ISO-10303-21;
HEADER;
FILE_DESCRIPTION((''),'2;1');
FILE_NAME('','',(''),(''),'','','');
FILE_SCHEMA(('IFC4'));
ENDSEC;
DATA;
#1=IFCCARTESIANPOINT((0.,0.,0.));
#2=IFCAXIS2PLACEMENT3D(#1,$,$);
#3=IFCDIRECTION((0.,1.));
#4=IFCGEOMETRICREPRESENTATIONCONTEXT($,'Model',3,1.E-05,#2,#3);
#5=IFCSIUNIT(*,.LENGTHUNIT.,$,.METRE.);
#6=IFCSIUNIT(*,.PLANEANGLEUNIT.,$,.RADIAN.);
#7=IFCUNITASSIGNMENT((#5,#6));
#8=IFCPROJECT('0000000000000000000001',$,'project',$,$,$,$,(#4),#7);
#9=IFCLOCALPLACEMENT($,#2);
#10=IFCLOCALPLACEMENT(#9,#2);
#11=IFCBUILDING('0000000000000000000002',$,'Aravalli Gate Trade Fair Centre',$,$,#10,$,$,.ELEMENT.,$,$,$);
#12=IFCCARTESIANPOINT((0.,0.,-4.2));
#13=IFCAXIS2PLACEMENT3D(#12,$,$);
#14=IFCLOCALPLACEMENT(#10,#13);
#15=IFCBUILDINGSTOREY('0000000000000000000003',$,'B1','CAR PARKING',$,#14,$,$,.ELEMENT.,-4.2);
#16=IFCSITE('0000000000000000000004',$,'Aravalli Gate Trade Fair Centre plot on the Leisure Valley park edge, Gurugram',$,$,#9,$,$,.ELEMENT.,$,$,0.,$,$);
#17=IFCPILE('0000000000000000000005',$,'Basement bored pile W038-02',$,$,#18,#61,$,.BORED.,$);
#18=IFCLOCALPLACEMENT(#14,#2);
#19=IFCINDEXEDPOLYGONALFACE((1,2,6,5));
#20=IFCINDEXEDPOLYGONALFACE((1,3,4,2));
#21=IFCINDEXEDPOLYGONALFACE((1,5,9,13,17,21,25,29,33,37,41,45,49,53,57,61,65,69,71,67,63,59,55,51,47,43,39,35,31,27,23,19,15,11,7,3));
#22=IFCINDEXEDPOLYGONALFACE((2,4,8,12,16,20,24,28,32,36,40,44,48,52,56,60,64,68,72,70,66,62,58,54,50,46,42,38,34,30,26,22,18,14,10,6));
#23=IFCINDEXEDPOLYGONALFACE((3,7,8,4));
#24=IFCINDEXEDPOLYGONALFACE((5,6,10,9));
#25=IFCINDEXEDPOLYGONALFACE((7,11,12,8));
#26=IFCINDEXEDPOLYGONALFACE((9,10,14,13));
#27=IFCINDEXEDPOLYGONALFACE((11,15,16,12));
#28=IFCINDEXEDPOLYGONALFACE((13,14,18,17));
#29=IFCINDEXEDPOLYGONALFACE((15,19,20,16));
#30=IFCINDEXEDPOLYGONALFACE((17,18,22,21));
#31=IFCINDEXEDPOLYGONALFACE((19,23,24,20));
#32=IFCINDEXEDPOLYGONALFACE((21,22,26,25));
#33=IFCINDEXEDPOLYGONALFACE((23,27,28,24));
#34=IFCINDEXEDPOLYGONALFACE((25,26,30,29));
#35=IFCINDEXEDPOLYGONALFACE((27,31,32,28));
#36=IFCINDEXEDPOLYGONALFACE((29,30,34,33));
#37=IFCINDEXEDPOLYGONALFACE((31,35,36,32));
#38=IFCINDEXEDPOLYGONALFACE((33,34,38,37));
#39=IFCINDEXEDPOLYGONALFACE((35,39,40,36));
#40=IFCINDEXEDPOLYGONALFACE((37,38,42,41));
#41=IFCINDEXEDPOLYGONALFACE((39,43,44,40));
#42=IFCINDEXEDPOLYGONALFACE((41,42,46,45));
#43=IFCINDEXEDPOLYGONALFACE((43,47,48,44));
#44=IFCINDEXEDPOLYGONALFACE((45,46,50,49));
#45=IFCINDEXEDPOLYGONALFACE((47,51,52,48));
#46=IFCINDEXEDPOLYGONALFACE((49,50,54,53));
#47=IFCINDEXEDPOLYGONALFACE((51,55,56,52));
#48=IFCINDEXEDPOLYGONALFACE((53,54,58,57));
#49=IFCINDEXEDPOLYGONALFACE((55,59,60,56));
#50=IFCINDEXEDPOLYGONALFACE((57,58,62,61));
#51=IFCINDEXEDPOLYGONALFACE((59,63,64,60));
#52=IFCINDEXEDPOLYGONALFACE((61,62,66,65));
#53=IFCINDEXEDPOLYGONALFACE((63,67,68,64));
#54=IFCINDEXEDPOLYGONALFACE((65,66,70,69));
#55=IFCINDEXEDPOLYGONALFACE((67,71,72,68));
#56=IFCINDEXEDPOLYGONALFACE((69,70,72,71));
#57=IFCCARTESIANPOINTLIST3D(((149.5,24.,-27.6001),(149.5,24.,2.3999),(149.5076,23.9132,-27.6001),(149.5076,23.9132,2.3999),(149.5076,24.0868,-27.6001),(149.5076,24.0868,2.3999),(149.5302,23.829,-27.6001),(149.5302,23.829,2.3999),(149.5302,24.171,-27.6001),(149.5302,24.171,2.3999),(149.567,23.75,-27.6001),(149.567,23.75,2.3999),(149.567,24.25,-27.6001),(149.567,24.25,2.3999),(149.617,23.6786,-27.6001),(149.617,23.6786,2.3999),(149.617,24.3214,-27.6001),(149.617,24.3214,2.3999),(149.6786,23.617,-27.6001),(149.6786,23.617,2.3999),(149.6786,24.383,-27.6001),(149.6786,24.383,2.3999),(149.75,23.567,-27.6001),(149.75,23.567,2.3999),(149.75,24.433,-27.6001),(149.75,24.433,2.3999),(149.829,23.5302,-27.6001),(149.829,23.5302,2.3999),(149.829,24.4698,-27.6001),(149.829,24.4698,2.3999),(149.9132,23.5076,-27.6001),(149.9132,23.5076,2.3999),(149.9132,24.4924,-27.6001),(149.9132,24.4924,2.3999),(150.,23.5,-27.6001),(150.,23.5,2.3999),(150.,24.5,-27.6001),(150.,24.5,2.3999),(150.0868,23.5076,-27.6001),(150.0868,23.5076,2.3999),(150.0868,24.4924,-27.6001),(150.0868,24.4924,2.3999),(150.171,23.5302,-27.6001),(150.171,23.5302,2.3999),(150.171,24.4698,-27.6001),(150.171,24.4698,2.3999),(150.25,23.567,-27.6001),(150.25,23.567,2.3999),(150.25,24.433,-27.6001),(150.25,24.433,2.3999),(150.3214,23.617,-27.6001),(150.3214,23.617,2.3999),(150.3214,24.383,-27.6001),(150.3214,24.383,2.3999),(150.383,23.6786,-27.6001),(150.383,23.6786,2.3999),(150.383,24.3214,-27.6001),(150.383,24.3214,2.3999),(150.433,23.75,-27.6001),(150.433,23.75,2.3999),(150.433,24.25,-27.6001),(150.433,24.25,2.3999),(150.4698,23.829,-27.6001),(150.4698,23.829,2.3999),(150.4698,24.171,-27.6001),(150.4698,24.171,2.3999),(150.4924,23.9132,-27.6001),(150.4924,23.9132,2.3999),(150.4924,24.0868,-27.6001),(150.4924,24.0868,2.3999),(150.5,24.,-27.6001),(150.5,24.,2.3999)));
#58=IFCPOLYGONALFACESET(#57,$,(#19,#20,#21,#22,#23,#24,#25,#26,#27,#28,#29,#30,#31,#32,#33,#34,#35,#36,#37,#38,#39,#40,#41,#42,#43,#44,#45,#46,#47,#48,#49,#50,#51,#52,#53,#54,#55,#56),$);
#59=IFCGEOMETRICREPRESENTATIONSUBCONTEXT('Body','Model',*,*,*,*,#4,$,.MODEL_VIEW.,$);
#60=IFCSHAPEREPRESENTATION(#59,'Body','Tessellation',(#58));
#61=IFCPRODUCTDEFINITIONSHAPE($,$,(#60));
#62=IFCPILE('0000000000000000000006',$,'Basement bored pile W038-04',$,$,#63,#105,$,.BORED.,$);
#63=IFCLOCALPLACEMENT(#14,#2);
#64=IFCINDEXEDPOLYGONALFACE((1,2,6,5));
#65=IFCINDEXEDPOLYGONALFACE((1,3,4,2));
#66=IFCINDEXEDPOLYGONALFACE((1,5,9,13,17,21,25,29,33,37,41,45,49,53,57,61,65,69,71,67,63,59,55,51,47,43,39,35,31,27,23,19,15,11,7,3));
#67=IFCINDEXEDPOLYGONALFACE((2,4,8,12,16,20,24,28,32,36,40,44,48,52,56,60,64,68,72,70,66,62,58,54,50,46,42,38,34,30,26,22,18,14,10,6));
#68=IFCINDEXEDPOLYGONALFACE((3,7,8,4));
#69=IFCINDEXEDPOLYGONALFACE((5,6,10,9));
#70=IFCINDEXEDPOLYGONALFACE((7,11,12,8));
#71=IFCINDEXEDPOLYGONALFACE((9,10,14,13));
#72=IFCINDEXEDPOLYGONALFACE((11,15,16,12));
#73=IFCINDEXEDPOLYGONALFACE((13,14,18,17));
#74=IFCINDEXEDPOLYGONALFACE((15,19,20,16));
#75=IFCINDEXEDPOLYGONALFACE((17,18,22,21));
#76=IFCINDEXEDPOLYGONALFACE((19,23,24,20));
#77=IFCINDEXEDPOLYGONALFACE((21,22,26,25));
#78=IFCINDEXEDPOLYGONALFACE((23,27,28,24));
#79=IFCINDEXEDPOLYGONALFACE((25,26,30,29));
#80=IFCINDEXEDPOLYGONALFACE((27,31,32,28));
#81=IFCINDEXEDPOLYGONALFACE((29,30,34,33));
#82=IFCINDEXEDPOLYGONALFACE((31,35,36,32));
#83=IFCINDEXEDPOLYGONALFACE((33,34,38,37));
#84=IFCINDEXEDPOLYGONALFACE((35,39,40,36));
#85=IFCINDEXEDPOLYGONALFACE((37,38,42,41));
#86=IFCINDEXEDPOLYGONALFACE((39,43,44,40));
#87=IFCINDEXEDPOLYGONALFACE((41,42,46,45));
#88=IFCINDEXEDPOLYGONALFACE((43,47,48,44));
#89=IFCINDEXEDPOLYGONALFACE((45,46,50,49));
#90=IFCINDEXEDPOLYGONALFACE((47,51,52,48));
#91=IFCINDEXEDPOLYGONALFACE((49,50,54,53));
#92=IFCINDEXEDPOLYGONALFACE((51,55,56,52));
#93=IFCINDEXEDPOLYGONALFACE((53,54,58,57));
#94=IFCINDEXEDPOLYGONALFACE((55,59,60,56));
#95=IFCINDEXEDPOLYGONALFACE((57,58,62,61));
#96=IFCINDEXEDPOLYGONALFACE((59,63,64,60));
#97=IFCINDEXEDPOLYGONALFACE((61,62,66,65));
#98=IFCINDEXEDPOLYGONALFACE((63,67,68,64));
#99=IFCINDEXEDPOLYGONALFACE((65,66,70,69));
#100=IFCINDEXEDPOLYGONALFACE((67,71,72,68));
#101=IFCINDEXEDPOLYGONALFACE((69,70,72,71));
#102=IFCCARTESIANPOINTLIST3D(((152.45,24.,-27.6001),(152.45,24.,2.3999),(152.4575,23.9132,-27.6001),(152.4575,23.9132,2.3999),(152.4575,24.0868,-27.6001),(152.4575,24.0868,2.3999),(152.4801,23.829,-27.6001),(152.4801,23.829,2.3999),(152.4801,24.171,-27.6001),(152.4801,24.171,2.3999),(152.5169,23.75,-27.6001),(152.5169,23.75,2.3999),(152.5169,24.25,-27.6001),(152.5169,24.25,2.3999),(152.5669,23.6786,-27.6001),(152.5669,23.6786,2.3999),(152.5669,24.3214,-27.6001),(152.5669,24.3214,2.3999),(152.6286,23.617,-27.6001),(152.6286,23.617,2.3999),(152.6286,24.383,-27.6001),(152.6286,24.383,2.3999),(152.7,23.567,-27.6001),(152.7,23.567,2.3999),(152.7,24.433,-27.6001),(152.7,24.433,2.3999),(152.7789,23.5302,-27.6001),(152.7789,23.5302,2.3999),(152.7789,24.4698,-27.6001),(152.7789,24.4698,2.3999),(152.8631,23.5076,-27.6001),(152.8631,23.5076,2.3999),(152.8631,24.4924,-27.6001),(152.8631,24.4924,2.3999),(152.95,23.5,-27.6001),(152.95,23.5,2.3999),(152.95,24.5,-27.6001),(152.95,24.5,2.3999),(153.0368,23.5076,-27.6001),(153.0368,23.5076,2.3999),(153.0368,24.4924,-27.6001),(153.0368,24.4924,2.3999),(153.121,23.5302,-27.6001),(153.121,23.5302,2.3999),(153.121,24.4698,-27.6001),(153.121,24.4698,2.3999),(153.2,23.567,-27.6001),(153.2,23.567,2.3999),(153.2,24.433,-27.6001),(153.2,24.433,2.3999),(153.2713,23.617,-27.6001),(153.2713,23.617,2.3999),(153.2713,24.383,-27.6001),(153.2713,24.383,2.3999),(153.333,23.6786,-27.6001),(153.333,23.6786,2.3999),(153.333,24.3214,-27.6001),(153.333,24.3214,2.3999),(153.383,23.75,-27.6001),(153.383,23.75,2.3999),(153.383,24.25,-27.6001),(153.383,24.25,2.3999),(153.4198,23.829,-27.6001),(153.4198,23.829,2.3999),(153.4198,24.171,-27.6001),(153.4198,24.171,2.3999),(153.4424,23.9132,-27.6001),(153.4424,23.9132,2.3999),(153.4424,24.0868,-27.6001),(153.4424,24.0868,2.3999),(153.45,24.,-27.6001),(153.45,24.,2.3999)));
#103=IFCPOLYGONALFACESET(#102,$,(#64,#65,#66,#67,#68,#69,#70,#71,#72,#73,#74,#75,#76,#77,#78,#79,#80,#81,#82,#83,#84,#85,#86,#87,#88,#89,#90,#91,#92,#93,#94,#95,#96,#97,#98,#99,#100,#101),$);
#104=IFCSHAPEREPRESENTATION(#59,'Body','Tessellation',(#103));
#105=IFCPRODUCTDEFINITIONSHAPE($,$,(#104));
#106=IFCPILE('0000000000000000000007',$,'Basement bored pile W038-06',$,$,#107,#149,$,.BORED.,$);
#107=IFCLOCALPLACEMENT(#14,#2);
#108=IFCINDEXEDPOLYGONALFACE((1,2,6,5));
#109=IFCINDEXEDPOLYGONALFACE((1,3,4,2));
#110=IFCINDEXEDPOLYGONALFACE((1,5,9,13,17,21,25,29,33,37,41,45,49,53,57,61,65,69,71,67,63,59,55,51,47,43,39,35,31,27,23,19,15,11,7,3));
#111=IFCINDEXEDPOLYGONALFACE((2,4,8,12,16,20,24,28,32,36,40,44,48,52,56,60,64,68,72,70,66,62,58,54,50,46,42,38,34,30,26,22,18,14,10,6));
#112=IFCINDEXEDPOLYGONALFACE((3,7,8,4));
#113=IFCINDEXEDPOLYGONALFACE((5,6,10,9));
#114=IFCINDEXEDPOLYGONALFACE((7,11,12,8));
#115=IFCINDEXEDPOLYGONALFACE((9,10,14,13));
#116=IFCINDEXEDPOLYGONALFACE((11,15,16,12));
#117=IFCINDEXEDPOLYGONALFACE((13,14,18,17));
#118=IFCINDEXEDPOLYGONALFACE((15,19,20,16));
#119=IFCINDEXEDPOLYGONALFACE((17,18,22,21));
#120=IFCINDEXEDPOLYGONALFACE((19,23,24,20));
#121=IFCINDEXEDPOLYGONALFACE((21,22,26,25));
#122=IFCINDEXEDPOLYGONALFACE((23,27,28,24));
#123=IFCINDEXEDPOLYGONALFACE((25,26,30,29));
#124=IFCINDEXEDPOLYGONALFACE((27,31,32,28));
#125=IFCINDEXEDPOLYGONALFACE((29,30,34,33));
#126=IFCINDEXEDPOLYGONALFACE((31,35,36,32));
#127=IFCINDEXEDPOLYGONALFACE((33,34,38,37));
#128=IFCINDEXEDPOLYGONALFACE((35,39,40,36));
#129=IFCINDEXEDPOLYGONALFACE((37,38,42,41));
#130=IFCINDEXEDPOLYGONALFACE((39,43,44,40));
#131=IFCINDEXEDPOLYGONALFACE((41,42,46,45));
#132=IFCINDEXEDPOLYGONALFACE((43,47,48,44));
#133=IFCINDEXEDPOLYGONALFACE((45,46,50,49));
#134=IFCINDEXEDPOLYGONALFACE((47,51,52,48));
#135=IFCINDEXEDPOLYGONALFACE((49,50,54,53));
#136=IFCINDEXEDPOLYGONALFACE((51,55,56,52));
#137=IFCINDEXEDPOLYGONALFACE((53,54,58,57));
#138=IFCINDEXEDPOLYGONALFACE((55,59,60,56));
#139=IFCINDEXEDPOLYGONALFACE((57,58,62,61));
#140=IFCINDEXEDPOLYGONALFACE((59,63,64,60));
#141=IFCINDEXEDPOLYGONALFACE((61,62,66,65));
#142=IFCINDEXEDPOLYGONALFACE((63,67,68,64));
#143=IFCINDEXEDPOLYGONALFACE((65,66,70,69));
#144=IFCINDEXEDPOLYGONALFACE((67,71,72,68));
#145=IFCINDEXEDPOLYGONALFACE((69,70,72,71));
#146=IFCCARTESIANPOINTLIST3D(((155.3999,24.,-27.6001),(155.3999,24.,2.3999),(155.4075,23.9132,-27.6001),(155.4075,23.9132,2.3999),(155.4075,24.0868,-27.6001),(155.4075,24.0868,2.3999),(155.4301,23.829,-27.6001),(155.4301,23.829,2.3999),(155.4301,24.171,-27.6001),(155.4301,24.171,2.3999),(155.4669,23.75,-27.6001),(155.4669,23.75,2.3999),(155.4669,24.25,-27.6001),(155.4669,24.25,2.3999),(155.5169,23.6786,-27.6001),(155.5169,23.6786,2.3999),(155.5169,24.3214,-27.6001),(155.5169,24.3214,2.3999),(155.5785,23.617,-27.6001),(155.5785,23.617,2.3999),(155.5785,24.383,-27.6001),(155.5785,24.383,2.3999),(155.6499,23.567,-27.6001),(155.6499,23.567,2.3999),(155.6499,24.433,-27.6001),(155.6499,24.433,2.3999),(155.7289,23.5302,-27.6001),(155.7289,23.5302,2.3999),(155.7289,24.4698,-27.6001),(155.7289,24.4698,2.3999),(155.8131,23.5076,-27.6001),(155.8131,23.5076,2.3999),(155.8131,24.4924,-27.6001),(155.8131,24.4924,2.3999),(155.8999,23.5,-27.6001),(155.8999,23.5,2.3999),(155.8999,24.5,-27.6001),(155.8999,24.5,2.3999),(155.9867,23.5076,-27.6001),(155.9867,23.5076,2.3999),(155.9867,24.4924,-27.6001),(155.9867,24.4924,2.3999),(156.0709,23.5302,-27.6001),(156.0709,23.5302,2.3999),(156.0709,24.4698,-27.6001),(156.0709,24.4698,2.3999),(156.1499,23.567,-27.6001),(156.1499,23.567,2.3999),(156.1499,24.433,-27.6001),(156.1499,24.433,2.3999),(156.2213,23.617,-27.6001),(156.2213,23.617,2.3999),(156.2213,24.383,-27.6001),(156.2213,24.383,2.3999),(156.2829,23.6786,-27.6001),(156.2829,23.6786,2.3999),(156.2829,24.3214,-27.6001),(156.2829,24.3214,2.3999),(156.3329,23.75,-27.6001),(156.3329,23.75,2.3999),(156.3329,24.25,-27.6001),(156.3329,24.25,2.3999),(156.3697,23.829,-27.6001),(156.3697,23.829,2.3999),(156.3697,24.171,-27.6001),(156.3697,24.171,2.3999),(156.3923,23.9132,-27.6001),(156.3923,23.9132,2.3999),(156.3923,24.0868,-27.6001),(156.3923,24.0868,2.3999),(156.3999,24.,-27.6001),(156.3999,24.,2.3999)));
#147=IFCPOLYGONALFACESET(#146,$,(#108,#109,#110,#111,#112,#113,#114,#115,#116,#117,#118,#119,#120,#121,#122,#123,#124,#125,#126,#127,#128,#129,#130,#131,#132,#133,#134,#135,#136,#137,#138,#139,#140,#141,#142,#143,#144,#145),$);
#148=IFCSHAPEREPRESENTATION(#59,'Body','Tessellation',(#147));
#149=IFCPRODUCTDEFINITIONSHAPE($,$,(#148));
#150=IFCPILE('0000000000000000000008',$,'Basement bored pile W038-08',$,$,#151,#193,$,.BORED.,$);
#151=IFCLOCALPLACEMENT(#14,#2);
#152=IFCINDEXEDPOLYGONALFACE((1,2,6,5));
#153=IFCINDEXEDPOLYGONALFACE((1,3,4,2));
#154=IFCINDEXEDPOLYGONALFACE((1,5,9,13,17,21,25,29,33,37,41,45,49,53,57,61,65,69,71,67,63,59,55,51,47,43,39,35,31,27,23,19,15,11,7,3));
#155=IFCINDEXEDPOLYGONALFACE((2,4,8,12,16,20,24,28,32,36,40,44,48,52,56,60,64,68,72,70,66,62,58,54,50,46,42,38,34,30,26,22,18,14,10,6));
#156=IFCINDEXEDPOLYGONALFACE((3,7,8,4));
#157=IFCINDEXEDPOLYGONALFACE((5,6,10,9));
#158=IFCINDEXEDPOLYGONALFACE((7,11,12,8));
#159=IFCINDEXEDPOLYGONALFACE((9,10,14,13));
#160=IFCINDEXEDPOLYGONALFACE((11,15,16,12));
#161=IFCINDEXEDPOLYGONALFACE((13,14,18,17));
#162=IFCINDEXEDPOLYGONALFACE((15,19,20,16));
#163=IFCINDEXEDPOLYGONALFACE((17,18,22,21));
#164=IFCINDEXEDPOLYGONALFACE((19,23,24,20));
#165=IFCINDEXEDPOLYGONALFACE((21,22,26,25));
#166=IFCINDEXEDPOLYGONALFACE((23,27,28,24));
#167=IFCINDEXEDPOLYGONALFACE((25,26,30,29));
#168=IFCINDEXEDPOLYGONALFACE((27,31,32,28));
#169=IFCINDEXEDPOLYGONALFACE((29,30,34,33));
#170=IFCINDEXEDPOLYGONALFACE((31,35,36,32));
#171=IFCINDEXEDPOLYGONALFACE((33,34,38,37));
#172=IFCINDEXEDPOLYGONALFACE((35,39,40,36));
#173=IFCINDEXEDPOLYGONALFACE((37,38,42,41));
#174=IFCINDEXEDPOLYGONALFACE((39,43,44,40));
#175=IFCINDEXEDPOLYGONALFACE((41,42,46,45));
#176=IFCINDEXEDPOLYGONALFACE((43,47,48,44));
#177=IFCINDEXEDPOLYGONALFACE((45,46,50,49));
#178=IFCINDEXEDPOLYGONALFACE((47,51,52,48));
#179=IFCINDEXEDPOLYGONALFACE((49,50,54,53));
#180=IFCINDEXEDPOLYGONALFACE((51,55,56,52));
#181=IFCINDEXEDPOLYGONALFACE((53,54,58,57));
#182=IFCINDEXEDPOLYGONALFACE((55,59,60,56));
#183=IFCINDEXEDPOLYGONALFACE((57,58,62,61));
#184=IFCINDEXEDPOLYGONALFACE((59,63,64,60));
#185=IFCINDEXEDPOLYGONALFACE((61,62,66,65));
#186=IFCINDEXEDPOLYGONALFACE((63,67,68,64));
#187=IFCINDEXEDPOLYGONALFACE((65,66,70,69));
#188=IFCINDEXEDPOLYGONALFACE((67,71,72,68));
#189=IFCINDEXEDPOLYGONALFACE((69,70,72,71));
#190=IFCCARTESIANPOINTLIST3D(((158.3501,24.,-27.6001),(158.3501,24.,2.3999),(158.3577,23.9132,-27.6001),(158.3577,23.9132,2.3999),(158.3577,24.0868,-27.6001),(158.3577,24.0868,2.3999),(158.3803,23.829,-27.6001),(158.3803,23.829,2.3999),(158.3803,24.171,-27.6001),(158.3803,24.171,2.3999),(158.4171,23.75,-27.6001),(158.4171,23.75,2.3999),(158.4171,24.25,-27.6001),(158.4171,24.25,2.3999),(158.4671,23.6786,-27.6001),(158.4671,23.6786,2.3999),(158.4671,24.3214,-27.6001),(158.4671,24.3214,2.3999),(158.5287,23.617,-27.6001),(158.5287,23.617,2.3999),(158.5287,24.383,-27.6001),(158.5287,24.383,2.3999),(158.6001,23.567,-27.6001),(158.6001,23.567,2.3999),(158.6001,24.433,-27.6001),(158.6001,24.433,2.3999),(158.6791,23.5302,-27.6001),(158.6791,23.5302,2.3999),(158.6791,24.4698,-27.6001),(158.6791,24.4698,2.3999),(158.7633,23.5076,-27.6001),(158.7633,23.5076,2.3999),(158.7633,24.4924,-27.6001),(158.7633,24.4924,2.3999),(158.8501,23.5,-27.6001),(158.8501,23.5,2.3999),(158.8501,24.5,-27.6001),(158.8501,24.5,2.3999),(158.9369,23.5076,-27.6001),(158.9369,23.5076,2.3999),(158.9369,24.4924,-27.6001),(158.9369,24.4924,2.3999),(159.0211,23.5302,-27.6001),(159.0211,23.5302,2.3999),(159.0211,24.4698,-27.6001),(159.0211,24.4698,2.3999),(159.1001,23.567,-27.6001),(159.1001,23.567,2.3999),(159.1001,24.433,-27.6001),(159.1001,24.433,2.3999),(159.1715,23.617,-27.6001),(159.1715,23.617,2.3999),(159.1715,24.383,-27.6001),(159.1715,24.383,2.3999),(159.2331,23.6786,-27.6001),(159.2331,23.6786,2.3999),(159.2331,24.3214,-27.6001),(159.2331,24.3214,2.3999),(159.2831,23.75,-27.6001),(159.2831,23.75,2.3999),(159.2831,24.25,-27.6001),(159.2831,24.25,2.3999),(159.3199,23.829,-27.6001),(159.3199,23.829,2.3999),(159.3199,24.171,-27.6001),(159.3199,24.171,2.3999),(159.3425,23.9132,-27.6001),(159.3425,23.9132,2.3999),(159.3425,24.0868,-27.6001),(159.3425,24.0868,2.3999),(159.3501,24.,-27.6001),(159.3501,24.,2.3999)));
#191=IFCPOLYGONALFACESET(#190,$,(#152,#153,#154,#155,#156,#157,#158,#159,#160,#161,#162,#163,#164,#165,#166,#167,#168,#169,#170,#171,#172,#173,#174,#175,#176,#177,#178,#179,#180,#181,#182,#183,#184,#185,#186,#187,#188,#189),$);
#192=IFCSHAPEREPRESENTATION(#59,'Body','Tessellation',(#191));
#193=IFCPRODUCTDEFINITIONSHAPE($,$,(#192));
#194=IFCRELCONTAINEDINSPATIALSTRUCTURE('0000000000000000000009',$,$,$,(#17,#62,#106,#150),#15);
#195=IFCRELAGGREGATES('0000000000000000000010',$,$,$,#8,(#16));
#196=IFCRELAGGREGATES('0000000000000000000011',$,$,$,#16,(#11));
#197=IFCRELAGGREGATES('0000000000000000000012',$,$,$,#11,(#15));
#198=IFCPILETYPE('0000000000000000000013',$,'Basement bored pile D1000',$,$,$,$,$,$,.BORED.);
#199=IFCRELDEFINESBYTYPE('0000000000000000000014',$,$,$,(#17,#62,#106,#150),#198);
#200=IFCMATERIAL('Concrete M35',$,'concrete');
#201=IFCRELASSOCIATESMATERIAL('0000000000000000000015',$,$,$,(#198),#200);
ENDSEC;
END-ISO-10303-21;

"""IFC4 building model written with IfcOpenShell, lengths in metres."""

from ifc_helpers import new_model, si_unit, direction, frame, origin, origin_2d, place, context, subcontext, project, spatial, circle, extrude, material, material_profile, profile_set, type_object, element, save


model = new_model("IFC4")

# Units and contexts
model_context = context("Model", 3, precision=1e-05, world=origin(), true_north=direction((0.0, 1.0)))
body_context = subcontext(model_context, "Body", "Model", "MODEL_VIEW")
ifc_project = project(units=[si_unit("LENGTHUNIT", "METRE"), si_unit("PLANEANGLEUNIT", "RADIAN")], contexts=[model_context])

# Site, building, storey
site_placement = place(None, origin())
site = spatial("IfcSite", under=ifc_project, at=site_placement, Name="Aravalli Gate Trade Fair Centre plot on the Leisure Valley park edge, Gurugram", CompositionType="ELEMENT", RefElevation=0.0)
building_placement = place(site_placement, origin())
building = spatial("IfcBuilding", under=site, at=building_placement, Name="Aravalli Gate Trade Fair Centre", CompositionType="ELEMENT")
storey_placement = place(building_placement, frame((0.0, 0.0, -4.2)))
storey = spatial("IfcBuildingStorey", under=building, at=storey_placement, Name="B1", Description="CAR PARKING", CompositionType="ELEMENT", Elevation=-4.2)

# Piles
ifc_material_1 = material(Name="Concrete M35", Category="concrete")
ifc_material_profile = material_profile(ifc_material_1, circle(Radius=0.5, at=origin_2d()), Name="D1000")
ifc_profile_set = profile_set([ifc_material_profile], Name="Concrete M35")
pile_type = type_object("IfcPileType", Name="Basement bored pile D1000", PredefinedType="BORED", material=ifc_profile_set)
for number, where, z_axis, x_axis, name in (
    (1, (150.0, 24.0, 2.3999), (0.0, 0.0, -1.0), (1.0, 0.0, 0.0), "Basement bored pile W038-02"),
    (2, (152.95, 24.0, 2.3999), (0.0, 0.0, -1.0), (1.0, 0.0, 0.0), "Basement bored pile W038-04"),
    (3, (155.8999, 24.0, 2.3999), (0.0, 0.0, -1.0), (1.0, 0.0, 0.0), "Basement bored pile W038-06"),
    (4, (158.8501, 24.0, 2.3999), (0.0, 0.0, -1.0), (1.0, 0.0, 0.0), "Basement bored pile W038-08"),
):
    element("IfcPile", number, at=place(storey_placement, frame(where, z_axis=z_axis, x_axis=x_axis)), inside=storey, type_object=pile_type, Name=name, PredefinedType="BORED", context=body_context, shape_type="SweptSolid", body=[
        extrude(circle(Radius=0.5, at=origin_2d()), origin(), (0.0, 0.0, 1.0), 30.0),
    ])

save(model, "model.ifc")
